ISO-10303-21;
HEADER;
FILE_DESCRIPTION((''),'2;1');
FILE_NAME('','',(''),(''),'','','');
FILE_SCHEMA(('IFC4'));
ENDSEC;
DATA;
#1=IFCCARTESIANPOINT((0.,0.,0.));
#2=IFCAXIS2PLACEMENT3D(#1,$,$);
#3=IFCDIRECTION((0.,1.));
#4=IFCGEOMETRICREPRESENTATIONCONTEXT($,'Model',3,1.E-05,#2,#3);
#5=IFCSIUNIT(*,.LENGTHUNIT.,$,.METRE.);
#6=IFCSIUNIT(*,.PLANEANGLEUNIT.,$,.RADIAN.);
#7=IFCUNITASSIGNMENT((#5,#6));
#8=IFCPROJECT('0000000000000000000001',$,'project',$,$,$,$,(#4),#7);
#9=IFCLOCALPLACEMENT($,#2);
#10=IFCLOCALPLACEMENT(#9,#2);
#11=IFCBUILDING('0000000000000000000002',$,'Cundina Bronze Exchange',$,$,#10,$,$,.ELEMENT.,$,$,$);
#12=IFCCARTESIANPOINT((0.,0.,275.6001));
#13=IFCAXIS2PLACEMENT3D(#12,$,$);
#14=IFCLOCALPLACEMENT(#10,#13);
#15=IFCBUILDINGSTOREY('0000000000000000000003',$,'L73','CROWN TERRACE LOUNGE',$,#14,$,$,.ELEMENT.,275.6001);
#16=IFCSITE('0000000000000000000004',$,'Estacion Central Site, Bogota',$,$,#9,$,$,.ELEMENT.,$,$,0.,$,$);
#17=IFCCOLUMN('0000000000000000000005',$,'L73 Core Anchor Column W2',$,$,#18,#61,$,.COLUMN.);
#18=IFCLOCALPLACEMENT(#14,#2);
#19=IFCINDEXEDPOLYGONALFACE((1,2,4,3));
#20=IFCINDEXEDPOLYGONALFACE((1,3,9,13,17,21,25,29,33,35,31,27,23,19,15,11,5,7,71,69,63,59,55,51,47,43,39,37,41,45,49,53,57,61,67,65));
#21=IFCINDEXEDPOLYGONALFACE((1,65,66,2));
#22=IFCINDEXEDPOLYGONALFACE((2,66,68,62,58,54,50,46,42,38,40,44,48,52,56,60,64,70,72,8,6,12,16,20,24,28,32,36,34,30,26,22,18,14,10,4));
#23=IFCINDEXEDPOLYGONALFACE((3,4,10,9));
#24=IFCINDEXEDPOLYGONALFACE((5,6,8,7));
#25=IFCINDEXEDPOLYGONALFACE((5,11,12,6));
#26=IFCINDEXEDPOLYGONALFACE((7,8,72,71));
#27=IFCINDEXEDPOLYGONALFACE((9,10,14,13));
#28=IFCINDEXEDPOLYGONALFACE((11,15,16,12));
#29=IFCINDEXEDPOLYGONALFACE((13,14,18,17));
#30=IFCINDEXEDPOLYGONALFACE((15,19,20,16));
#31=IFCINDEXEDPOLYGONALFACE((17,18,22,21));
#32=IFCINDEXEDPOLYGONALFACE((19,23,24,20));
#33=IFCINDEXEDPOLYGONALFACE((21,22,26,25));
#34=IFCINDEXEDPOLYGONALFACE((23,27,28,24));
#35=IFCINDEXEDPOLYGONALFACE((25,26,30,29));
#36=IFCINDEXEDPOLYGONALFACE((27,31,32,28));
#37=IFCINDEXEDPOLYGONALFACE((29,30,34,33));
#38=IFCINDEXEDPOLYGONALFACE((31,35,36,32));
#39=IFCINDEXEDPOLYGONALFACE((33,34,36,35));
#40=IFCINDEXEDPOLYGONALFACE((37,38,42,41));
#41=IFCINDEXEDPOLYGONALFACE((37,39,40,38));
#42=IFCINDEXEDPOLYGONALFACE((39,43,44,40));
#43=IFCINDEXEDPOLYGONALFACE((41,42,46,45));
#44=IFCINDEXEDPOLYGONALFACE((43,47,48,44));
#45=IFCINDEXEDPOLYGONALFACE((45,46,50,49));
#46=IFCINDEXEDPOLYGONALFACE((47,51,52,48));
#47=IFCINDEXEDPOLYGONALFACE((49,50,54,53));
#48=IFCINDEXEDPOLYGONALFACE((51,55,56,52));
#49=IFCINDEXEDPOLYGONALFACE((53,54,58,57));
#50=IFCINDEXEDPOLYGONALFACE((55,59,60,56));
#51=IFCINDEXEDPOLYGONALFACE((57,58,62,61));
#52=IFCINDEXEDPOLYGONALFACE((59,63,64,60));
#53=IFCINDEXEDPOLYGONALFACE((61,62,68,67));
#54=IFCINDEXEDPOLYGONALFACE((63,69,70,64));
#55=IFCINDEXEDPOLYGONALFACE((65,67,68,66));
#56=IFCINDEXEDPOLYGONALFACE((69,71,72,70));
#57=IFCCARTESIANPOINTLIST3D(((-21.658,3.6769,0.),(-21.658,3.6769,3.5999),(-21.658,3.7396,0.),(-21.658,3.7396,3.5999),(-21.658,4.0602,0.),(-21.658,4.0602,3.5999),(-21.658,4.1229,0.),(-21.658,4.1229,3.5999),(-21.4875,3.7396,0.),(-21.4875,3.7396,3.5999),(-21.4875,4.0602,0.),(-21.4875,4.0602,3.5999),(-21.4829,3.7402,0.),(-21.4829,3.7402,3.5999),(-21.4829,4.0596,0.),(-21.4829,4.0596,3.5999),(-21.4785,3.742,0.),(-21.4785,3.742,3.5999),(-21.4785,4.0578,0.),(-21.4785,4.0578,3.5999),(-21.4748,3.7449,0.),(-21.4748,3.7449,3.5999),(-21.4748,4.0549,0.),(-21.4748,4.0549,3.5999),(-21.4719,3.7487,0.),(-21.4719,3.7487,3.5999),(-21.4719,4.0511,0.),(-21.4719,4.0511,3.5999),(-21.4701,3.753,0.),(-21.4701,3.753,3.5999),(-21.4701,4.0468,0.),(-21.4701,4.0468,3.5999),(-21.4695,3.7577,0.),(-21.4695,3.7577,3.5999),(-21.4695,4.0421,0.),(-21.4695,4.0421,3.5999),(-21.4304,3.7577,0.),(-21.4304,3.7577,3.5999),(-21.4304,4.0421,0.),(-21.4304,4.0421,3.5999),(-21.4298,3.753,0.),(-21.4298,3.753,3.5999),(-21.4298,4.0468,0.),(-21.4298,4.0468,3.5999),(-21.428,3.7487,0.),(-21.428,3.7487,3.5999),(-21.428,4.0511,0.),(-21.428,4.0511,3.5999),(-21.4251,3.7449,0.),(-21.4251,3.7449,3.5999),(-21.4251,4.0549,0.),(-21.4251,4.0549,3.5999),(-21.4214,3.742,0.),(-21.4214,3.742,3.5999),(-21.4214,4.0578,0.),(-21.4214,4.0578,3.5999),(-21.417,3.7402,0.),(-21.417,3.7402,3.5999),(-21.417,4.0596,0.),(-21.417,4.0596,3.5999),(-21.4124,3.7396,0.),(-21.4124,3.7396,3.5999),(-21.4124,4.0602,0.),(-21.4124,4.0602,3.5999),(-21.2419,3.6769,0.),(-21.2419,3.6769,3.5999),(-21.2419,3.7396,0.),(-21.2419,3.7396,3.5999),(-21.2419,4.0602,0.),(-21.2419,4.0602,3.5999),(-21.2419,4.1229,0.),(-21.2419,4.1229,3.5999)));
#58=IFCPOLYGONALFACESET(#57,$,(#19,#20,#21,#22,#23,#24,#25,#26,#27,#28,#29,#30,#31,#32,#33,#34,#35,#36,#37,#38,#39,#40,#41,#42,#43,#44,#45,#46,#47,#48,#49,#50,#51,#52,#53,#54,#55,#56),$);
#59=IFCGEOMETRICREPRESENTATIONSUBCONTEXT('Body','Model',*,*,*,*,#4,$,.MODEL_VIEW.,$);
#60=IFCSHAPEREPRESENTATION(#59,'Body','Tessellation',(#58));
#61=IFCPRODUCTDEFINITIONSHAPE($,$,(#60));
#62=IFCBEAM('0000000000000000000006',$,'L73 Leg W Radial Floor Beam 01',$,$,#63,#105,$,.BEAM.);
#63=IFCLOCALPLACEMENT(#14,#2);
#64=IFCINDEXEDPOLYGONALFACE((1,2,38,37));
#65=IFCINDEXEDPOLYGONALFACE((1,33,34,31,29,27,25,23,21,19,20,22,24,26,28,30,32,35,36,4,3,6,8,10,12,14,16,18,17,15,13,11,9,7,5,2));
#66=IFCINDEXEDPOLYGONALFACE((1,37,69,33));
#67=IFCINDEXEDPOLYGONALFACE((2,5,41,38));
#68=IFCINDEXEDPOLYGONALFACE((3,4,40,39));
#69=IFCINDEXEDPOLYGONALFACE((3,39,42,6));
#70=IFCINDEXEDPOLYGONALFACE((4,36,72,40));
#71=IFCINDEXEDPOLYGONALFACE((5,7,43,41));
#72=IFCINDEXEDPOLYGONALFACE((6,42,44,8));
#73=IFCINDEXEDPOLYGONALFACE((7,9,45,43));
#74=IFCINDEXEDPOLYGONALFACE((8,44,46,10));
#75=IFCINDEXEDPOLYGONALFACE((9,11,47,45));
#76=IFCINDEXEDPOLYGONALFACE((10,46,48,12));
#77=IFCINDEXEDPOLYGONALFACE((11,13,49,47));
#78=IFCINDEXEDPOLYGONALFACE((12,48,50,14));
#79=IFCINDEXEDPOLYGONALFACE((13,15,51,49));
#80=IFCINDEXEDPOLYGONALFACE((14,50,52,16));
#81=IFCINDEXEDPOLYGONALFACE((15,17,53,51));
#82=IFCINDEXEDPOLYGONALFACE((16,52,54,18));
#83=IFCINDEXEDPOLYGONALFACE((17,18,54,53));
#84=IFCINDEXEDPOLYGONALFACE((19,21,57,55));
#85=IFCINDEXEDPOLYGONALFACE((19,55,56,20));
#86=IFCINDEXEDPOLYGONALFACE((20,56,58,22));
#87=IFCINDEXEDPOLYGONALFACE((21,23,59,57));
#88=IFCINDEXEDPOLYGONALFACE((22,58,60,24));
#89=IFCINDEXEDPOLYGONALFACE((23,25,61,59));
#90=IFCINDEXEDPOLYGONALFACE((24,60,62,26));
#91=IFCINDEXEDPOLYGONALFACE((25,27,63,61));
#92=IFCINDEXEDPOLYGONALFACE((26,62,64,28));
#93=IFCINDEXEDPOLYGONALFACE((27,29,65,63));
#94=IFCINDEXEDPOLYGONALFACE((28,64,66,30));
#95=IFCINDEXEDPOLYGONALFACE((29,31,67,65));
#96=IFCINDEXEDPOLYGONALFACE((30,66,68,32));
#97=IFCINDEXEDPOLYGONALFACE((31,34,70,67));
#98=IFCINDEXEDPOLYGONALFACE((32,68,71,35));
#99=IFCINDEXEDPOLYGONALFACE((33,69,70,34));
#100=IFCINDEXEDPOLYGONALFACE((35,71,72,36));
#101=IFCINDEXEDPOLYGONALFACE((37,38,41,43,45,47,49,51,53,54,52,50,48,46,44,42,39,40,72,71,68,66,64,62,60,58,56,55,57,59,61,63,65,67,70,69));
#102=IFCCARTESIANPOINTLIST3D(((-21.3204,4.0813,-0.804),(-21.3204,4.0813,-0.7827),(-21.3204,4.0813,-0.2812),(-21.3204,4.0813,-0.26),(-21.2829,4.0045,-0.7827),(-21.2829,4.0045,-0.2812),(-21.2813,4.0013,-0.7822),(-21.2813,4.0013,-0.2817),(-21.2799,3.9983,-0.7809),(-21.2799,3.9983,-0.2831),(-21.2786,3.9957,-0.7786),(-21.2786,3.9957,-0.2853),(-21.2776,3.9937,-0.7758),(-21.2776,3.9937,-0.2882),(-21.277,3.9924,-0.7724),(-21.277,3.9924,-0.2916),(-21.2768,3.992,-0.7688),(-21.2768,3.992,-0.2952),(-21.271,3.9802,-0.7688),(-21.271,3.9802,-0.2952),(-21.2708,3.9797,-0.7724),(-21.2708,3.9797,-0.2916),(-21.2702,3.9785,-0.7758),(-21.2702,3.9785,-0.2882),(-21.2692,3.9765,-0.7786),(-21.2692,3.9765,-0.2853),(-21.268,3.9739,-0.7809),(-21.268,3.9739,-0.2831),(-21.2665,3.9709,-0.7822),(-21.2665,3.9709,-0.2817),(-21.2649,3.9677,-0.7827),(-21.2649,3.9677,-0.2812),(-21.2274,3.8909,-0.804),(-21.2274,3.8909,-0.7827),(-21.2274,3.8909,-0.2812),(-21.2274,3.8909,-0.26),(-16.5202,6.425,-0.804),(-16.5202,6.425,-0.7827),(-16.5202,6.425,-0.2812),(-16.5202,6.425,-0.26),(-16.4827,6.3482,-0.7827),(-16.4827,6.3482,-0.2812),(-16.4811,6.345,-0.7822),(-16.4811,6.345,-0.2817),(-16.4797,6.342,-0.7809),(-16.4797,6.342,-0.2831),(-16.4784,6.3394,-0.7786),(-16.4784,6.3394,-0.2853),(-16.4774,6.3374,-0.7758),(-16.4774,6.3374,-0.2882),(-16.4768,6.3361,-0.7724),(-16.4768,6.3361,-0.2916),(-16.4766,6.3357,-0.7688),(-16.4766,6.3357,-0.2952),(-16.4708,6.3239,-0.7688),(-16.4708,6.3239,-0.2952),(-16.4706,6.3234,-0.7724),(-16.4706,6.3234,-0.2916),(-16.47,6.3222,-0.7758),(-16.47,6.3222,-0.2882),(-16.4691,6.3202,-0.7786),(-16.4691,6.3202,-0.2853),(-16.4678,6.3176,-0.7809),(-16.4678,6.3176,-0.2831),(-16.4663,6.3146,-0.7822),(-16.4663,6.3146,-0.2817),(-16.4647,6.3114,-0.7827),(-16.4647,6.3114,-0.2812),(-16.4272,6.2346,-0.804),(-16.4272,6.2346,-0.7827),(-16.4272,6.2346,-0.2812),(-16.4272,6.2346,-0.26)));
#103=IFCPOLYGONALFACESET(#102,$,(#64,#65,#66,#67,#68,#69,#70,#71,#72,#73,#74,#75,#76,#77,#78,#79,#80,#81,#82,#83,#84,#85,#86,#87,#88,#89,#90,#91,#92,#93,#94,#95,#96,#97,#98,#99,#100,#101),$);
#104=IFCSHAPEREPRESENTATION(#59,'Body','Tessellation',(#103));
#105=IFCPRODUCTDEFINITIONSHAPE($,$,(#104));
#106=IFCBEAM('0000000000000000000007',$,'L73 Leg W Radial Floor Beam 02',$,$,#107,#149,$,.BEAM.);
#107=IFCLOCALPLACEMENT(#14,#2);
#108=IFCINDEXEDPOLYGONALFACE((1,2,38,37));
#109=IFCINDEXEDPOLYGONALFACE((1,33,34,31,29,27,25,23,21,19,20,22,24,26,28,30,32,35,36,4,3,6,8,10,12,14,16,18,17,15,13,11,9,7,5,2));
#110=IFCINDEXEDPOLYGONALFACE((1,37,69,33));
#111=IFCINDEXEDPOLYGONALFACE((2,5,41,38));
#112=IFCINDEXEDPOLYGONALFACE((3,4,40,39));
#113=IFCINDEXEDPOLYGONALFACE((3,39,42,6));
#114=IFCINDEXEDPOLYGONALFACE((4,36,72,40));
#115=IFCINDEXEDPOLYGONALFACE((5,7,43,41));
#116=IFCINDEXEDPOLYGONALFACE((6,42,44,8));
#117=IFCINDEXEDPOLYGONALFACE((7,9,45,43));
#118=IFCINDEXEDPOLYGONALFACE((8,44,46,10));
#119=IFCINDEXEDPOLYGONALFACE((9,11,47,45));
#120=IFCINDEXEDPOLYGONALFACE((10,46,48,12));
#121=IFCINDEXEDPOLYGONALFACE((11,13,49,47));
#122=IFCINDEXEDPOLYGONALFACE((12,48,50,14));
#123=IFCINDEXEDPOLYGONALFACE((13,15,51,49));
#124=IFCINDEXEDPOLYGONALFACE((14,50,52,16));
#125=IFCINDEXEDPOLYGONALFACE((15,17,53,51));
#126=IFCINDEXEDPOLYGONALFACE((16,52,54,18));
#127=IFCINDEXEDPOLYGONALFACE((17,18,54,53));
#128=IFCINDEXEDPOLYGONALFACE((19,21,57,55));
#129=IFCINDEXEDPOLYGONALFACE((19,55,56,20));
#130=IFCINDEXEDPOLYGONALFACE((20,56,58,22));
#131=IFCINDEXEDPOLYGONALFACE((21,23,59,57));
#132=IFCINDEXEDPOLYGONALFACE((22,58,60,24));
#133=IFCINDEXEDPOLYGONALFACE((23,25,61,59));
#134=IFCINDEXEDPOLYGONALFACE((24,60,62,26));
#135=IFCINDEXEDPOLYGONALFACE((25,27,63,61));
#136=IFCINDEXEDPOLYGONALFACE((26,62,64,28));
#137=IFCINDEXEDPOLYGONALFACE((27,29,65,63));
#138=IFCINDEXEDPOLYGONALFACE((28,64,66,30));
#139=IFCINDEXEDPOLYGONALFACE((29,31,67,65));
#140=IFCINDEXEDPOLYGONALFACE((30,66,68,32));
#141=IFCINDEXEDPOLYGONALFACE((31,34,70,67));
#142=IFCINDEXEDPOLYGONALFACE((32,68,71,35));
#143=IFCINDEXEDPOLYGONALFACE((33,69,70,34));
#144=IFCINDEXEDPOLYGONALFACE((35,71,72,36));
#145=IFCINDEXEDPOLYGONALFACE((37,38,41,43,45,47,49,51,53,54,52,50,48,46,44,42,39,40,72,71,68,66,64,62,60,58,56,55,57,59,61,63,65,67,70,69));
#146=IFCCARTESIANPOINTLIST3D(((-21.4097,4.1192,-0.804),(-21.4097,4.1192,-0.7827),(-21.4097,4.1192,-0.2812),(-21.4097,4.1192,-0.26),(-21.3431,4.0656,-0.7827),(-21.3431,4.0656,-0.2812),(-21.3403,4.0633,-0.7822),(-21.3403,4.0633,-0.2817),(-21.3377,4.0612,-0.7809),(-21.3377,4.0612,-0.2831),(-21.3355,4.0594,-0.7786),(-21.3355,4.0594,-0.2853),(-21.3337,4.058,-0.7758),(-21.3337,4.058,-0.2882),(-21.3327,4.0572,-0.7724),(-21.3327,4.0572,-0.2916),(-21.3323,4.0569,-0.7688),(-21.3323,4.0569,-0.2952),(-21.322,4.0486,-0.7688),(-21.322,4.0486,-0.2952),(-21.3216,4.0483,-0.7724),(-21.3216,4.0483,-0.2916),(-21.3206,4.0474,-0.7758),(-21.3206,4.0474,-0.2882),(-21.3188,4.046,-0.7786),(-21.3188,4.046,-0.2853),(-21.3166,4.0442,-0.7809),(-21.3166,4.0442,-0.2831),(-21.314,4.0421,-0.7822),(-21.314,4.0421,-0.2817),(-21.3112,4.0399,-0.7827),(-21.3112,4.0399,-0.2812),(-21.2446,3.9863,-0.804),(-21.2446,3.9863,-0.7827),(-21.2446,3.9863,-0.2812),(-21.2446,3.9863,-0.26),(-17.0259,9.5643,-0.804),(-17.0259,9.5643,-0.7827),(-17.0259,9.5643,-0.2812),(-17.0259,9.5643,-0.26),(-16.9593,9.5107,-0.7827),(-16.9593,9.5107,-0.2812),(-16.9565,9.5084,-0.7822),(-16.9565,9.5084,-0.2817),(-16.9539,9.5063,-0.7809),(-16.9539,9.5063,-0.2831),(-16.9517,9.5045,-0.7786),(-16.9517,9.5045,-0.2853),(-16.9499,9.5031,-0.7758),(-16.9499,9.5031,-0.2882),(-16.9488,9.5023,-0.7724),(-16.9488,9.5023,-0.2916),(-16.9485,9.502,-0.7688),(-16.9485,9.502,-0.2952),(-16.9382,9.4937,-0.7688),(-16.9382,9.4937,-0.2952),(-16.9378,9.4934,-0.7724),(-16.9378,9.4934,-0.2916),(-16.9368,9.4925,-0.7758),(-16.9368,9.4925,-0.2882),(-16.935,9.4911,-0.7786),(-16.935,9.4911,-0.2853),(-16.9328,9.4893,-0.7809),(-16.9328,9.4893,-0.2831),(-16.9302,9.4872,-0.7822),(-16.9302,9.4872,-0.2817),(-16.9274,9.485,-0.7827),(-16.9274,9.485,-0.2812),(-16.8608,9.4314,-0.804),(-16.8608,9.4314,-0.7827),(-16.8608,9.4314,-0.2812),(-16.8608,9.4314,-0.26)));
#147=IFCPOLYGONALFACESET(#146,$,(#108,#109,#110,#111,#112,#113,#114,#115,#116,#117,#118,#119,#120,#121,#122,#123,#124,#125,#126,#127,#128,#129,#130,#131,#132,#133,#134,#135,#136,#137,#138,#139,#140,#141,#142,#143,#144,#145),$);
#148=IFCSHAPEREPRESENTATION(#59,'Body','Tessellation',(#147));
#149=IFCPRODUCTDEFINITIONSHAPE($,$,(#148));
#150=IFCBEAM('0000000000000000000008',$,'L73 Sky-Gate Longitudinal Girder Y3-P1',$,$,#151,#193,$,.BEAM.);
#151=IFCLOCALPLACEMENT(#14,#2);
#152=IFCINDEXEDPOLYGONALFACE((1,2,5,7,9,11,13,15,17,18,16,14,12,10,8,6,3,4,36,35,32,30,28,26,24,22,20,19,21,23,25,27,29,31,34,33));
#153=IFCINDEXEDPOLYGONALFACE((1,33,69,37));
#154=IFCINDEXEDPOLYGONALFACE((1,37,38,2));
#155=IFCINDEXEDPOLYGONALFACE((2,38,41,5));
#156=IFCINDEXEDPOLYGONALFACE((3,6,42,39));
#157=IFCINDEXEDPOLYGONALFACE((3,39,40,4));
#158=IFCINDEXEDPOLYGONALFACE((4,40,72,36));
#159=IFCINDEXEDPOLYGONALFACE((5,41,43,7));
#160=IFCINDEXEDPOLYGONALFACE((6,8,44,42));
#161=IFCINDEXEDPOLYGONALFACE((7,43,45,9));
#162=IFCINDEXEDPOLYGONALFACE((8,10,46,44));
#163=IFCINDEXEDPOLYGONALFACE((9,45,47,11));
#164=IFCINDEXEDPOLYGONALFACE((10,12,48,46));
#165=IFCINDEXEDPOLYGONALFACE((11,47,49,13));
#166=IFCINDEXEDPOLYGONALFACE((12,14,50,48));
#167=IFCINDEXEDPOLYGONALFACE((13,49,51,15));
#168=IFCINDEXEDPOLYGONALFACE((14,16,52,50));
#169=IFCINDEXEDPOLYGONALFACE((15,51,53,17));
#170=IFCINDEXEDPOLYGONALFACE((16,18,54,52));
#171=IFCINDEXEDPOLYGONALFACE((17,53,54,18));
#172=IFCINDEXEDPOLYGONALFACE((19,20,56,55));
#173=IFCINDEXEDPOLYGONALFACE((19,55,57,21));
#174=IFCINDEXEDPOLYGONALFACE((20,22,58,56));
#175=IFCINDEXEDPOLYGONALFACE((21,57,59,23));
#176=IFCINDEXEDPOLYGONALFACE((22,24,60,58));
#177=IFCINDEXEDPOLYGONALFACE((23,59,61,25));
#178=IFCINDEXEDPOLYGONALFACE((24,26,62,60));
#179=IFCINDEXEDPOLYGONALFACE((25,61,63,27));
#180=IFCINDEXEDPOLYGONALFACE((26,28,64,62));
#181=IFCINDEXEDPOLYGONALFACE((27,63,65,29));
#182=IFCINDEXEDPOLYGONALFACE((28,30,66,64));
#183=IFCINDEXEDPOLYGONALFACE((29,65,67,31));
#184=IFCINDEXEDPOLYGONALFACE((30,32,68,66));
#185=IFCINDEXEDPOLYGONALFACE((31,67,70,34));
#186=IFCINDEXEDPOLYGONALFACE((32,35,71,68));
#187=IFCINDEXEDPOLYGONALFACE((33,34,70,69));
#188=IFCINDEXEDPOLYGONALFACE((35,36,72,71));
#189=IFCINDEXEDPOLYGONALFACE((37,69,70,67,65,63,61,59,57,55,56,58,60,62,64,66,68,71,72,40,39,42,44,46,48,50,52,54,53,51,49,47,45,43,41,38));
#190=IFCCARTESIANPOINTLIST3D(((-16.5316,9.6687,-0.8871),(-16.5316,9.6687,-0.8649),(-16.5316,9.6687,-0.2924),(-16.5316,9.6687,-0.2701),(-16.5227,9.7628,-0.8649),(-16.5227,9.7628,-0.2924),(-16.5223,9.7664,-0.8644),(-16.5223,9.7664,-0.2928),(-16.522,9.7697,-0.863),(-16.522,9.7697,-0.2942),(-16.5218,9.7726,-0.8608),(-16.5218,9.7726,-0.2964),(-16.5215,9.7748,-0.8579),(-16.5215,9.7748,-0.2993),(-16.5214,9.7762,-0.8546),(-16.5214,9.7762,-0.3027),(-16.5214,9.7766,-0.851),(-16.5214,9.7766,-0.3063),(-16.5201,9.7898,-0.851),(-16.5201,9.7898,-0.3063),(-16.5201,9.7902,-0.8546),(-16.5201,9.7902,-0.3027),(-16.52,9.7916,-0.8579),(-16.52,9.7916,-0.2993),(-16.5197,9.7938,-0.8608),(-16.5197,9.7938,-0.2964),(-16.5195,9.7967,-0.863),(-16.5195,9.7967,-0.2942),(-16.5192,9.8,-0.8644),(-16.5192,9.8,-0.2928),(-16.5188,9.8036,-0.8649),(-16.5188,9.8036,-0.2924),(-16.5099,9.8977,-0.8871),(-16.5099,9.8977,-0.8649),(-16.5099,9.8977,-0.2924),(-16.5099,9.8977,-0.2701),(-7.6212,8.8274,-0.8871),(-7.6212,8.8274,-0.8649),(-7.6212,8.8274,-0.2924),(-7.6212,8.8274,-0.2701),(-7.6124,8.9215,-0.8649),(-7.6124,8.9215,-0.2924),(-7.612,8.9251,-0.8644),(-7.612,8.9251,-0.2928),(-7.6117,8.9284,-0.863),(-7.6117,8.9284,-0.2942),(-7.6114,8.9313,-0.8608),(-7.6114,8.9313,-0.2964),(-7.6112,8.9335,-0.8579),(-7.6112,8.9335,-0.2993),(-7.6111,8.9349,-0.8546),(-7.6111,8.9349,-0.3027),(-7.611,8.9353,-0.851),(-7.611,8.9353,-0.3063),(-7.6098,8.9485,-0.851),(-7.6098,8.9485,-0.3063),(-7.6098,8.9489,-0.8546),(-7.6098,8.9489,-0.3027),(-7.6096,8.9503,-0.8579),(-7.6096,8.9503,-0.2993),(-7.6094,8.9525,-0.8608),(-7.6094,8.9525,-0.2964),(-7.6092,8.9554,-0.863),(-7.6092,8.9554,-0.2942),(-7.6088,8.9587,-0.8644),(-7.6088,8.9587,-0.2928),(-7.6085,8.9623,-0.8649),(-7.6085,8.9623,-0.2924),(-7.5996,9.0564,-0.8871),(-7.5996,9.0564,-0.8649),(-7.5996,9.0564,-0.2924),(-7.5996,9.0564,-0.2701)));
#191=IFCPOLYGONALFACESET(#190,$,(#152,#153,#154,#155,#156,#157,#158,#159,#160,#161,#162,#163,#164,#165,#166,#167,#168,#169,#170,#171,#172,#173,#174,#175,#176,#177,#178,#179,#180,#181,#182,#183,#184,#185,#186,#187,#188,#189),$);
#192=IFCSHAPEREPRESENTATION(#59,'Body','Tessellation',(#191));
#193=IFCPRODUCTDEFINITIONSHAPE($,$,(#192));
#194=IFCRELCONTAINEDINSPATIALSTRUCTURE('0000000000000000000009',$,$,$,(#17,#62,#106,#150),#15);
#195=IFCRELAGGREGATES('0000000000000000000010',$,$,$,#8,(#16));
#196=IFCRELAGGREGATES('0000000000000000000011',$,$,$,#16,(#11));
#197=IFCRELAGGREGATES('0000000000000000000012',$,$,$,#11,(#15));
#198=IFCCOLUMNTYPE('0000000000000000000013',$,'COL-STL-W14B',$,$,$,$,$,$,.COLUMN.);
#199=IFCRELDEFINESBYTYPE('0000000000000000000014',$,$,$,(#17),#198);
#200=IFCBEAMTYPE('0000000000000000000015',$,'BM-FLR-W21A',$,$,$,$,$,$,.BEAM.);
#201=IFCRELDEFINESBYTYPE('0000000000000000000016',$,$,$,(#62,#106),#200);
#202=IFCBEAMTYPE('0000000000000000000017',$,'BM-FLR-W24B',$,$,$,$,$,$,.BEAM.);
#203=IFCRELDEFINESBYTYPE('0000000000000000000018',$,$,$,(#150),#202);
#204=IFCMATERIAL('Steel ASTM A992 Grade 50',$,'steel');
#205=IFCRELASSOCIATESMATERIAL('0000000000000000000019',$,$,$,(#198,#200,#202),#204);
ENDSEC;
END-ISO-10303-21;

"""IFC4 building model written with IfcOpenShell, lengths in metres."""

from ifc_helpers import new_model, si_unit, direction, frame, origin, origin_2d, place, context, subcontext, project, spatial, i_section, extrude, material, material_profile, profile_set, type_object, element, save


model = new_model("IFC4")

# Units and contexts
model_context = context("Model", 3, precision=1e-05, world=origin(), true_north=direction((0.0, 1.0)))
body_context = subcontext(model_context, "Body", "Model", "MODEL_VIEW")
ifc_project = project(units=[si_unit("LENGTHUNIT", "METRE"), si_unit("PLANEANGLEUNIT", "RADIAN")], contexts=[model_context])

# Site, building, storey
site_placement = place(None, origin())
site = spatial("IfcSite", under=ifc_project, at=site_placement, Name="Estacion Central Site, Bogota", CompositionType="ELEMENT", RefElevation=0.0)
building_placement = place(site_placement, origin())
building = spatial("IfcBuilding", under=site, at=building_placement, Name="Cundina Bronze Exchange", CompositionType="ELEMENT")
storey_placement = place(building_placement, frame((0.0, 0.0, 275.6001)))
storey = spatial("IfcBuildingStorey", under=building, at=storey_placement, Name="L73", Description="CROWN TERRACE LOUNGE", CompositionType="ELEMENT", Elevation=275.6001)

# Column
ifc_material_1 = material(Name="Steel ASTM A992 Grade 50", Category="steel")
ifc_material_profile_1 = material_profile(ifc_material_1, i_section(OverallWidth=0.416, OverallDepth=0.446, WebThickness=0.0391, FlangeThickness=0.0627, FilletRadius=0.0181, at=origin_2d()), Name="W14X342", Category="steel")
ifc_profile_set_1 = profile_set([ifc_material_profile_1], Name="Steel ASTM A992 Grade 50")
column_type = type_object("IfcColumnType", Name="COL-STL-W14B", PredefinedType="COLUMN", material=ifc_profile_set_1)
column_placement = place(storey_placement, frame((-21.45, 3.8999, 0.0), z_axis=(0.0, 0.0, 1.0), x_axis=(1.0, 0.0, 0.0)))
element("IfcColumn", 1, at=column_placement, inside=storey, type_object=column_type, Name="L73 Core Anchor Column W2", PredefinedType="COLUMN", context=body_context, shape_type="SweptSolid", body=[
    extrude(i_section(OverallWidth=0.416, OverallDepth=0.446, WebThickness=0.0391, FlangeThickness=0.0627, FilletRadius=0.0181, at=origin_2d()), origin(), (0.0, 0.0, 1.0), 3.5999),
])

# Beams
ifc_material_profile_2 = material_profile(ifc_material_1, i_section(OverallWidth=0.2119, OverallDepth=0.5439, WebThickness=0.0132, FlangeThickness=0.0212, FilletRadius=0.0139, at=origin_2d()), Name="W21X83", Category="steel")
ifc_profile_set_2 = profile_set([ifc_material_profile_2], Name="Steel ASTM A992 Grade 50")
beam_type_1 = type_object("IfcBeamType", Name="BM-FLR-W21A", PredefinedType="BEAM", material=ifc_profile_set_2)
beam_1_placement = place(storey_placement, frame((-21.2739, 3.9861, -0.532), z_axis=(0.89861, 0.438748, 0.0), x_axis=(-0.438748, 0.89861, 0.0)))
element("IfcBeam", 2, at=beam_1_placement, inside=storey, type_object=beam_type_1, Name="L73 Leg W Radial Floor Beam 01", PredefinedType="BEAM", context=body_context, shape_type="SweptSolid", body=[
    extrude(i_section(OverallWidth=0.2119, OverallDepth=0.5439, WebThickness=0.0132, FlangeThickness=0.0212, FilletRadius=0.0139, at=origin_2d()), origin(), (0.0, 0.0, 1.0), 5.3418),
])
beam_2_placement = place(storey_placement, frame((-21.3271, 4.0527, -0.532), z_axis=(0.627111, 0.77893, 0.0), x_axis=(-0.77893, 0.627111, 0.0)))
element("IfcBeam", 3, at=beam_2_placement, inside=storey, type_object=beam_type_1, Name="L73 Leg W Radial Floor Beam 02", PredefinedType="BEAM", context=body_context, shape_type="SweptSolid", body=[
    extrude(i_section(OverallWidth=0.2119, OverallDepth=0.5439, WebThickness=0.0132, FlangeThickness=0.0212, FilletRadius=0.0139, at=origin_2d()), origin(), (0.0, 0.0, 1.0), 6.9905),
])
ifc_material_profile_3 = material_profile(ifc_material_1, i_section(OverallWidth=0.23, OverallDepth=0.6169, WebThickness=0.0132, FlangeThickness=0.0222, FilletRadius=0.0139, at=origin_2d()), Name="W24X94", Category="steel")
ifc_profile_set_3 = profile_set([ifc_material_profile_3], Name="Steel ASTM A992 Grade 50")
beam_type_2 = type_object("IfcBeamType", Name="BM-FLR-W24B", PredefinedType="BEAM", material=ifc_profile_set_3)
beam_3_placement = place(storey_placement, frame((-16.5208, 9.7832, -0.5786), z_axis=(0.995572, -0.094001, 0.0), x_axis=(0.094001, 0.995572, 0.0)))
element("IfcBeam", 4, at=beam_3_placement, inside=storey, type_object=beam_type_2, Name="L73 Sky-Gate Longitudinal Girder Y3-P1", PredefinedType="BEAM", context=body_context, shape_type="SweptSolid", body=[
    extrude(i_section(OverallWidth=0.23, OverallDepth=0.6169, WebThickness=0.0132, FlangeThickness=0.0222, FilletRadius=0.0139, at=origin_2d()), origin(), (0.0, 0.0, 1.0), 8.95),
])

save(model, "model.ifc")
